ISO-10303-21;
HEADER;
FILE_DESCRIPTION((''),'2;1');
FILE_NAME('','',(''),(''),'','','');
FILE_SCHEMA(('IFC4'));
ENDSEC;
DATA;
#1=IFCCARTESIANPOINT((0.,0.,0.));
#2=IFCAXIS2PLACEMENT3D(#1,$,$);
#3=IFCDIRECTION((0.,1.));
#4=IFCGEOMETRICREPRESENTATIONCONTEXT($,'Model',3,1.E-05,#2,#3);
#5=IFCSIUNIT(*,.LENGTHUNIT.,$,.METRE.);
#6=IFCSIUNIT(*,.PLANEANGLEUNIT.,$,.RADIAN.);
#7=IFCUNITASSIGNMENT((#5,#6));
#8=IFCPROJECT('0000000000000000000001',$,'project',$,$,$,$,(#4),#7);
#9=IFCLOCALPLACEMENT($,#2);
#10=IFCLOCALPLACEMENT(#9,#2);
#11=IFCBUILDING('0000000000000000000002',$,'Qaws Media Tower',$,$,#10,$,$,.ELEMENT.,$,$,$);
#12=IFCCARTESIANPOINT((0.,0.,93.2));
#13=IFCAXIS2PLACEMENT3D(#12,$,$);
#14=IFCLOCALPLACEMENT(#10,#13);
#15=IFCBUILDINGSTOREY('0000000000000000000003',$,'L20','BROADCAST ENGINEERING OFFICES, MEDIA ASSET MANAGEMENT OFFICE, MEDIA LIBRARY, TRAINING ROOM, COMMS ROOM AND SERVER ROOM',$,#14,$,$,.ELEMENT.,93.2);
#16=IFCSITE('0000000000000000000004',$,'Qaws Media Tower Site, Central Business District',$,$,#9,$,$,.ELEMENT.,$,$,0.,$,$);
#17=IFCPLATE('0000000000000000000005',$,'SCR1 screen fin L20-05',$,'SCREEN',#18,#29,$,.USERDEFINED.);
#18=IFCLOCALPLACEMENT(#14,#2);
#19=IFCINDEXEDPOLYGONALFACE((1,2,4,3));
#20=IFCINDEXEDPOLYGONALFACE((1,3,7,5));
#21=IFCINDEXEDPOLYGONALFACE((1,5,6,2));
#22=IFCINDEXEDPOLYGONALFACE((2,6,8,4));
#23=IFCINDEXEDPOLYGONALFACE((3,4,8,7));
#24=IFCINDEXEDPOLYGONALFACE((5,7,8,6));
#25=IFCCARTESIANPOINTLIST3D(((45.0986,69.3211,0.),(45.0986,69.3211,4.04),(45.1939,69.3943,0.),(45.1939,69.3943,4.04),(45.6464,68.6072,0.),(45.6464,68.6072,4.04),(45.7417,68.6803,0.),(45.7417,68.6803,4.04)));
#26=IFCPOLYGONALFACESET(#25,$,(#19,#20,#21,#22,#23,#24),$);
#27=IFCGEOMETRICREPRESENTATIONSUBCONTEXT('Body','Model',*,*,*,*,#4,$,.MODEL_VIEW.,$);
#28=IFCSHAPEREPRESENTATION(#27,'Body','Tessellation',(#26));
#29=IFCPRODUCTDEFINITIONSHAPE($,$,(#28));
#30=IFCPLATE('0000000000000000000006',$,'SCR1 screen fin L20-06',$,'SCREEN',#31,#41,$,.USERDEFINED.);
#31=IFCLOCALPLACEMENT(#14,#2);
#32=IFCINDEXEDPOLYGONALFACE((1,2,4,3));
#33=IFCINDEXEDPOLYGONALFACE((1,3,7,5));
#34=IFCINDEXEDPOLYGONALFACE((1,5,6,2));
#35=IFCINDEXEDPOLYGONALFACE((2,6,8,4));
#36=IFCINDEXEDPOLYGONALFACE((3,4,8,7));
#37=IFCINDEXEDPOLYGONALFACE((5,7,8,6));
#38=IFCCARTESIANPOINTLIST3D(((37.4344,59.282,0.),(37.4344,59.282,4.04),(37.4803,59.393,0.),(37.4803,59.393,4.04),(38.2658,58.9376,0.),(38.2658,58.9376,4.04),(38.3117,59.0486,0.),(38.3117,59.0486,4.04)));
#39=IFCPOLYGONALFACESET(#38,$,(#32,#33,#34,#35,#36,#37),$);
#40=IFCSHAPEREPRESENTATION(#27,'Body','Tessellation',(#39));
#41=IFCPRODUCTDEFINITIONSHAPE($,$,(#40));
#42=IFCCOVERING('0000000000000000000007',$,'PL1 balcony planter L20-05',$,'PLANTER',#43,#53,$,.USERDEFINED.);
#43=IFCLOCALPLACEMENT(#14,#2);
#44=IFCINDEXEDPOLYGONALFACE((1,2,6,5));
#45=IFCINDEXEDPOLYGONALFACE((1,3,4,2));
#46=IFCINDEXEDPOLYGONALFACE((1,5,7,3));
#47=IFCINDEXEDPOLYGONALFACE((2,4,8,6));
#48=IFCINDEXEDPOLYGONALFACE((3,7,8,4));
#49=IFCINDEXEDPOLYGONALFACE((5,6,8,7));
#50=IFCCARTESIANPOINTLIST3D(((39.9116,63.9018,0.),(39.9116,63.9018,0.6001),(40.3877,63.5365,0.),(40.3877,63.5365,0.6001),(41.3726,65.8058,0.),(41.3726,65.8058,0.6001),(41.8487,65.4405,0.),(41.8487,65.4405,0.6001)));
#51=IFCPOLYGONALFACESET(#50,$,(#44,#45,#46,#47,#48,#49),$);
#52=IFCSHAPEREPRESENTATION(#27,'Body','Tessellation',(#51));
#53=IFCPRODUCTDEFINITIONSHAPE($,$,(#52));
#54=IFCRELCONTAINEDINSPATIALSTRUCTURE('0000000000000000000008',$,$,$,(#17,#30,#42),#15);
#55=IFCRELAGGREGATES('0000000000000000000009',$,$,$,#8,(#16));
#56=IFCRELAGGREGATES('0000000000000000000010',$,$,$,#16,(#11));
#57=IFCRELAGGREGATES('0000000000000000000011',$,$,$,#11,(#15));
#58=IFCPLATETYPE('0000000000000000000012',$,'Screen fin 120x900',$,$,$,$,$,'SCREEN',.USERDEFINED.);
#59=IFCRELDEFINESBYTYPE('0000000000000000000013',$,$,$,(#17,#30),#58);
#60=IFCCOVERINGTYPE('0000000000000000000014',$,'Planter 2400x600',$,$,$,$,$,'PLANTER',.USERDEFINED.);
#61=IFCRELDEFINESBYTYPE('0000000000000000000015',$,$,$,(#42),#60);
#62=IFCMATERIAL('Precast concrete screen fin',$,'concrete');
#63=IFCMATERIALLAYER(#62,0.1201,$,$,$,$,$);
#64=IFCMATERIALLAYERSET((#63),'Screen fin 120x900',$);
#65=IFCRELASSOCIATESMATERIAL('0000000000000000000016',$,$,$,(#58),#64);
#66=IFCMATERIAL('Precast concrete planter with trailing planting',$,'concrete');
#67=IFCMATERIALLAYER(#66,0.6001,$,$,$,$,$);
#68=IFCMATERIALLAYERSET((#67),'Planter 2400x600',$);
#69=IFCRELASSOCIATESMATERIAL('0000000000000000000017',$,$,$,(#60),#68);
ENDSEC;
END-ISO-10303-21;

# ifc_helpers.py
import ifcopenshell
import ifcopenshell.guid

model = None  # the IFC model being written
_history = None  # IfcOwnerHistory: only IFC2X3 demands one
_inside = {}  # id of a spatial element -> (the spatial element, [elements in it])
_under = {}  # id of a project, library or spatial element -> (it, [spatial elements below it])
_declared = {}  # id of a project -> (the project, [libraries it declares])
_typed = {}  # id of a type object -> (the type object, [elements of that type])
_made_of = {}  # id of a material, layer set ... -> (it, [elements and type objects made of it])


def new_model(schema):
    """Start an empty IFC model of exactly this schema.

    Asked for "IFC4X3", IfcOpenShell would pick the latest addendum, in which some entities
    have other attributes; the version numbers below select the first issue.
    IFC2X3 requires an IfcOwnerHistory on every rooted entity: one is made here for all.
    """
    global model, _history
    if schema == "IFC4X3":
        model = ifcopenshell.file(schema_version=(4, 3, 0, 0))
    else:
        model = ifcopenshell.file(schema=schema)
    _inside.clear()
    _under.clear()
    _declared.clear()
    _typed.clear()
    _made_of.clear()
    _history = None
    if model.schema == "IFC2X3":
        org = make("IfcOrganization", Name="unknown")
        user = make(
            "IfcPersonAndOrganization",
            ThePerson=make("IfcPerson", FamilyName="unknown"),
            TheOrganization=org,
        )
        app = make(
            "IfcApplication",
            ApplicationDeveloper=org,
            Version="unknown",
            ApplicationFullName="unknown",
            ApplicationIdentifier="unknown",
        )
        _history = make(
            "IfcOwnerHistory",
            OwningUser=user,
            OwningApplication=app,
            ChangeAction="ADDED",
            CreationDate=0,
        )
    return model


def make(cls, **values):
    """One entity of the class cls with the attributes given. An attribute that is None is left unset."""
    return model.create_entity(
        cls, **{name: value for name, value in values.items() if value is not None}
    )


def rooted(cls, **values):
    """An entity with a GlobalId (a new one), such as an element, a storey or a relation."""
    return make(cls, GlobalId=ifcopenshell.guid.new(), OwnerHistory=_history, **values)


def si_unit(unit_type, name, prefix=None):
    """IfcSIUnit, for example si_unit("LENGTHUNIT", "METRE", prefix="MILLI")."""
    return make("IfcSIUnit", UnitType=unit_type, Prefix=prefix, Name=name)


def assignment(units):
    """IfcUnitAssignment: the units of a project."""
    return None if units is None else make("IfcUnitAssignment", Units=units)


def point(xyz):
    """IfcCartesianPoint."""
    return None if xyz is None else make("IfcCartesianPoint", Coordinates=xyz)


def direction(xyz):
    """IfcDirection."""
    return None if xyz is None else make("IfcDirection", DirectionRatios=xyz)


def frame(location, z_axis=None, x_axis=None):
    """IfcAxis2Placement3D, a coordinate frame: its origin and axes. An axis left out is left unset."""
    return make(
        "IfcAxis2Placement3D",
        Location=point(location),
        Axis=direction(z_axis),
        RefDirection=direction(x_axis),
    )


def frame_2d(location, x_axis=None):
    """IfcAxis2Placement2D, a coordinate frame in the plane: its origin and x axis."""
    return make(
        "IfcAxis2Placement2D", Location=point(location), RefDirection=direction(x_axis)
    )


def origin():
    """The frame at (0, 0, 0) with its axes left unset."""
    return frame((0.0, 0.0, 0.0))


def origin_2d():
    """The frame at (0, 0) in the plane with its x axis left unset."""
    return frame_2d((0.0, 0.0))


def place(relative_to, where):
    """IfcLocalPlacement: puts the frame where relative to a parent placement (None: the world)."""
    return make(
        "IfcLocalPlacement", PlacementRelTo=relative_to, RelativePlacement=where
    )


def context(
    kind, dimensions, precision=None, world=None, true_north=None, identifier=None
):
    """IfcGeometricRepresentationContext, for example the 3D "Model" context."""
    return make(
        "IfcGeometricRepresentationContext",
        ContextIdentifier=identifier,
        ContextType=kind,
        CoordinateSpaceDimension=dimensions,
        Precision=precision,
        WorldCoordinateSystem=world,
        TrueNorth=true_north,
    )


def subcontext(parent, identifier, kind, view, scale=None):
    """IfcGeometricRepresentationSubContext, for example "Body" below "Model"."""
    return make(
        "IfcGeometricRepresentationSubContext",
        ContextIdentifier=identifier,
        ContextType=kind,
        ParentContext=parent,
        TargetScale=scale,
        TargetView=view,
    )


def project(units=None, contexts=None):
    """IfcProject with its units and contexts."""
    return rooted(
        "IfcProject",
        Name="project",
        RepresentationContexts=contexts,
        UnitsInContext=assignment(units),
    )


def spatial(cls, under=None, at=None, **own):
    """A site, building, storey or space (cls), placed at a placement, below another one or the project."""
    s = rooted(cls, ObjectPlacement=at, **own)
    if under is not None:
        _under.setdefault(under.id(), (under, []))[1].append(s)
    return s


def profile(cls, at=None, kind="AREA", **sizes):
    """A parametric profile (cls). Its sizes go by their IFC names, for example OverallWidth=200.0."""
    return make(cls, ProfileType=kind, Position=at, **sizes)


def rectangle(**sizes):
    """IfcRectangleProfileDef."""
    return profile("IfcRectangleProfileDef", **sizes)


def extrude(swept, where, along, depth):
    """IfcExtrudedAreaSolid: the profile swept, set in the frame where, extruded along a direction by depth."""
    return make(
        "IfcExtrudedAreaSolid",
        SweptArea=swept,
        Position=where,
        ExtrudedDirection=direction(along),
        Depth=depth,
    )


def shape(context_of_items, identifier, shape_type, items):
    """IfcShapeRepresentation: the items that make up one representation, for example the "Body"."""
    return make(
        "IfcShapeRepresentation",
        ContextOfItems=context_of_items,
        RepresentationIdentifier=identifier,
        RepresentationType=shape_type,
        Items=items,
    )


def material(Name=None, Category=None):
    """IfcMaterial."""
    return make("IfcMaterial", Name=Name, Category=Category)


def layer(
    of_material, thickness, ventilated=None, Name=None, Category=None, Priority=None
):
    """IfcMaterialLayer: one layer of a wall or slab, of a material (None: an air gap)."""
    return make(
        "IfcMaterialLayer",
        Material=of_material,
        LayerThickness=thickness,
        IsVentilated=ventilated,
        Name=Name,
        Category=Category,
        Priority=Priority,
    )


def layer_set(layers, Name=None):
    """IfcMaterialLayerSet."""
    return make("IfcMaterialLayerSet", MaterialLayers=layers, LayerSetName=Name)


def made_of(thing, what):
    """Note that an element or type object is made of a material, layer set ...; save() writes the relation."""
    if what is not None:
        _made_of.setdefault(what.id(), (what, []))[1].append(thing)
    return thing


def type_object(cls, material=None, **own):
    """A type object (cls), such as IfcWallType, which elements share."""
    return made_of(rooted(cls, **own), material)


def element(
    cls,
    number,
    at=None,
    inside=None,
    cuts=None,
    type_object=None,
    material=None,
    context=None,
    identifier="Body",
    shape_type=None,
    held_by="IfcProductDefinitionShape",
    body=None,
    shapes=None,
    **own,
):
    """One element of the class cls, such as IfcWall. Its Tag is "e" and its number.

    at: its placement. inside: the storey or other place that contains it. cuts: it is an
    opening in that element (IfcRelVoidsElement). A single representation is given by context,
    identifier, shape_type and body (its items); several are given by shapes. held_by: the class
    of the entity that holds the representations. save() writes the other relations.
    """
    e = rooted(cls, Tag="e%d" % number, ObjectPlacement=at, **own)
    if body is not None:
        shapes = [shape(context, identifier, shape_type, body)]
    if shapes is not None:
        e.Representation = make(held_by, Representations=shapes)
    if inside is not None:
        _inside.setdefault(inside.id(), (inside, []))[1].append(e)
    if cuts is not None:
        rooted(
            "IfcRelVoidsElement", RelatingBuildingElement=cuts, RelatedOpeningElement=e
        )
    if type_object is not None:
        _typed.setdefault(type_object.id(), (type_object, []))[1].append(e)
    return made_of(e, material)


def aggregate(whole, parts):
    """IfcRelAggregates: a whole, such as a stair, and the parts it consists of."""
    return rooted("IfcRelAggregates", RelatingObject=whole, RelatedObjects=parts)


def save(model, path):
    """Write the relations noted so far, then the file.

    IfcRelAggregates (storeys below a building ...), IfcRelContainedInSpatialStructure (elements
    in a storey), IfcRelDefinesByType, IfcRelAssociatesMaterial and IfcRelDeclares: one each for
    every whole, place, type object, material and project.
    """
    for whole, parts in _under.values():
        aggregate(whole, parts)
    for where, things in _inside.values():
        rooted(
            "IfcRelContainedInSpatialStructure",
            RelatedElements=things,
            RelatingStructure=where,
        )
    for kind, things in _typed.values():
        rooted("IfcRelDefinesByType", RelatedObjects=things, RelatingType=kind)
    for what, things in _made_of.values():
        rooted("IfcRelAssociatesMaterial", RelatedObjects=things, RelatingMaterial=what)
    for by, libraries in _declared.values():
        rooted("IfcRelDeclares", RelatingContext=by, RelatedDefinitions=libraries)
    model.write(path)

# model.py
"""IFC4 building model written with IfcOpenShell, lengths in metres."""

from ifc_helpers import new_model, si_unit, direction, frame, origin, origin_2d, place, context, subcontext, project, spatial, rectangle, extrude, material, layer, layer_set, type_object, element, save


model = new_model("IFC4")

# Units and contexts
model_context = context("Model", 3, precision=1e-05, world=origin(), true_north=direction((0.0, 1.0)))
body_context = subcontext(model_context, "Body", "Model", "MODEL_VIEW")
ifc_project = project(units=[si_unit("LENGTHUNIT", "METRE"), si_unit("PLANEANGLEUNIT", "RADIAN")], contexts=[model_context])

# Site, building, storey
site_placement = place(None, origin())
site = spatial("IfcSite", under=ifc_project, at=site_placement, Name="Qaws Media Tower Site, Central Business District", CompositionType="ELEMENT", RefElevation=0.0)
building_placement = place(site_placement, origin())
building = spatial("IfcBuilding", under=site, at=building_placement, Name="Qaws Media Tower", CompositionType="ELEMENT")
storey_placement = place(building_placement, frame((0.0, 0.0, 93.2)))
storey = spatial("IfcBuildingStorey", under=building, at=storey_placement, Name="L20", Description="BROADCAST ENGINEERING OFFICES, MEDIA ASSET MANAGEMENT OFFICE, MEDIA LIBRARY, TRAINING ROOM, COMMS ROOM AND SERVER ROOM", CompositionType="ELEMENT", Elevation=93.2)

# Plates
ifc_material_1 = material(Name="Precast concrete screen fin", Category="concrete")
ifc_layer_1 = layer(ifc_material_1, 0.1201)
ifc_layer_set_1 = layer_set([ifc_layer_1], Name="Screen fin 120x900")
plate_type_1 = type_object("IfcPlateType", Name="Screen fin 120x900", ElementType="SCREEN", PredefinedType="USERDEFINED", material=ifc_layer_set_1)
for number, where, z_axis, x_axis, name in (
    (1, (45.4202, 69.0007, 0.0), (0.0, 0.0, 1.0), (-0.608761, 0.793353, 0.0), "SCR1 screen fin L20-05"),
    (2, (37.873, 59.1653, 0.0), (0.0, 0.0, 1.0), (-0.92388, 0.382683, 0.0), "SCR1 screen fin L20-06"),
):
    element("IfcPlate", number, at=place(storey_placement, frame(where, z_axis=z_axis, x_axis=x_axis)), inside=storey, type_object=plate_type_1, Name=name, ObjectType="SCREEN", PredefinedType="USERDEFINED", context=body_context, shape_type="SweptSolid", body=[
        extrude(rectangle(XDim=0.8999, YDim=0.1201, at=origin_2d()), origin(), (0.0, 0.0, 1.0), 4.04),
    ])

# Covering
ifc_material_2 = material(Name="Precast concrete planter with trailing planting", Category="concrete")
ifc_layer_2 = layer(ifc_material_2, 0.6001)
ifc_layer_set_2 = layer_set([ifc_layer_2], Name="Planter 2400x600")
covering_type = type_object("IfcCoveringType", Name="Planter 2400x600", ElementType="PLANTER", PredefinedType="USERDEFINED", material=ifc_layer_set_2)
covering_placement = place(storey_placement, frame((40.8801, 64.6711, 0.0), z_axis=(0.0, 0.0, 1.0), x_axis=(-0.608761, -0.793353, 0.0)))
element("IfcCovering", 3, at=covering_placement, inside=storey, type_object=covering_type, Name="PL1 balcony planter L20-05", ObjectType="PLANTER", PredefinedType="USERDEFINED", context=body_context, shape_type="SweptSolid", body=[
    extrude(rectangle(XDim=2.3999, YDim=0.6001, at=origin_2d()), origin(), (0.0, 0.0, 1.0), 0.6001),
])

save(model, "model.ifc")
